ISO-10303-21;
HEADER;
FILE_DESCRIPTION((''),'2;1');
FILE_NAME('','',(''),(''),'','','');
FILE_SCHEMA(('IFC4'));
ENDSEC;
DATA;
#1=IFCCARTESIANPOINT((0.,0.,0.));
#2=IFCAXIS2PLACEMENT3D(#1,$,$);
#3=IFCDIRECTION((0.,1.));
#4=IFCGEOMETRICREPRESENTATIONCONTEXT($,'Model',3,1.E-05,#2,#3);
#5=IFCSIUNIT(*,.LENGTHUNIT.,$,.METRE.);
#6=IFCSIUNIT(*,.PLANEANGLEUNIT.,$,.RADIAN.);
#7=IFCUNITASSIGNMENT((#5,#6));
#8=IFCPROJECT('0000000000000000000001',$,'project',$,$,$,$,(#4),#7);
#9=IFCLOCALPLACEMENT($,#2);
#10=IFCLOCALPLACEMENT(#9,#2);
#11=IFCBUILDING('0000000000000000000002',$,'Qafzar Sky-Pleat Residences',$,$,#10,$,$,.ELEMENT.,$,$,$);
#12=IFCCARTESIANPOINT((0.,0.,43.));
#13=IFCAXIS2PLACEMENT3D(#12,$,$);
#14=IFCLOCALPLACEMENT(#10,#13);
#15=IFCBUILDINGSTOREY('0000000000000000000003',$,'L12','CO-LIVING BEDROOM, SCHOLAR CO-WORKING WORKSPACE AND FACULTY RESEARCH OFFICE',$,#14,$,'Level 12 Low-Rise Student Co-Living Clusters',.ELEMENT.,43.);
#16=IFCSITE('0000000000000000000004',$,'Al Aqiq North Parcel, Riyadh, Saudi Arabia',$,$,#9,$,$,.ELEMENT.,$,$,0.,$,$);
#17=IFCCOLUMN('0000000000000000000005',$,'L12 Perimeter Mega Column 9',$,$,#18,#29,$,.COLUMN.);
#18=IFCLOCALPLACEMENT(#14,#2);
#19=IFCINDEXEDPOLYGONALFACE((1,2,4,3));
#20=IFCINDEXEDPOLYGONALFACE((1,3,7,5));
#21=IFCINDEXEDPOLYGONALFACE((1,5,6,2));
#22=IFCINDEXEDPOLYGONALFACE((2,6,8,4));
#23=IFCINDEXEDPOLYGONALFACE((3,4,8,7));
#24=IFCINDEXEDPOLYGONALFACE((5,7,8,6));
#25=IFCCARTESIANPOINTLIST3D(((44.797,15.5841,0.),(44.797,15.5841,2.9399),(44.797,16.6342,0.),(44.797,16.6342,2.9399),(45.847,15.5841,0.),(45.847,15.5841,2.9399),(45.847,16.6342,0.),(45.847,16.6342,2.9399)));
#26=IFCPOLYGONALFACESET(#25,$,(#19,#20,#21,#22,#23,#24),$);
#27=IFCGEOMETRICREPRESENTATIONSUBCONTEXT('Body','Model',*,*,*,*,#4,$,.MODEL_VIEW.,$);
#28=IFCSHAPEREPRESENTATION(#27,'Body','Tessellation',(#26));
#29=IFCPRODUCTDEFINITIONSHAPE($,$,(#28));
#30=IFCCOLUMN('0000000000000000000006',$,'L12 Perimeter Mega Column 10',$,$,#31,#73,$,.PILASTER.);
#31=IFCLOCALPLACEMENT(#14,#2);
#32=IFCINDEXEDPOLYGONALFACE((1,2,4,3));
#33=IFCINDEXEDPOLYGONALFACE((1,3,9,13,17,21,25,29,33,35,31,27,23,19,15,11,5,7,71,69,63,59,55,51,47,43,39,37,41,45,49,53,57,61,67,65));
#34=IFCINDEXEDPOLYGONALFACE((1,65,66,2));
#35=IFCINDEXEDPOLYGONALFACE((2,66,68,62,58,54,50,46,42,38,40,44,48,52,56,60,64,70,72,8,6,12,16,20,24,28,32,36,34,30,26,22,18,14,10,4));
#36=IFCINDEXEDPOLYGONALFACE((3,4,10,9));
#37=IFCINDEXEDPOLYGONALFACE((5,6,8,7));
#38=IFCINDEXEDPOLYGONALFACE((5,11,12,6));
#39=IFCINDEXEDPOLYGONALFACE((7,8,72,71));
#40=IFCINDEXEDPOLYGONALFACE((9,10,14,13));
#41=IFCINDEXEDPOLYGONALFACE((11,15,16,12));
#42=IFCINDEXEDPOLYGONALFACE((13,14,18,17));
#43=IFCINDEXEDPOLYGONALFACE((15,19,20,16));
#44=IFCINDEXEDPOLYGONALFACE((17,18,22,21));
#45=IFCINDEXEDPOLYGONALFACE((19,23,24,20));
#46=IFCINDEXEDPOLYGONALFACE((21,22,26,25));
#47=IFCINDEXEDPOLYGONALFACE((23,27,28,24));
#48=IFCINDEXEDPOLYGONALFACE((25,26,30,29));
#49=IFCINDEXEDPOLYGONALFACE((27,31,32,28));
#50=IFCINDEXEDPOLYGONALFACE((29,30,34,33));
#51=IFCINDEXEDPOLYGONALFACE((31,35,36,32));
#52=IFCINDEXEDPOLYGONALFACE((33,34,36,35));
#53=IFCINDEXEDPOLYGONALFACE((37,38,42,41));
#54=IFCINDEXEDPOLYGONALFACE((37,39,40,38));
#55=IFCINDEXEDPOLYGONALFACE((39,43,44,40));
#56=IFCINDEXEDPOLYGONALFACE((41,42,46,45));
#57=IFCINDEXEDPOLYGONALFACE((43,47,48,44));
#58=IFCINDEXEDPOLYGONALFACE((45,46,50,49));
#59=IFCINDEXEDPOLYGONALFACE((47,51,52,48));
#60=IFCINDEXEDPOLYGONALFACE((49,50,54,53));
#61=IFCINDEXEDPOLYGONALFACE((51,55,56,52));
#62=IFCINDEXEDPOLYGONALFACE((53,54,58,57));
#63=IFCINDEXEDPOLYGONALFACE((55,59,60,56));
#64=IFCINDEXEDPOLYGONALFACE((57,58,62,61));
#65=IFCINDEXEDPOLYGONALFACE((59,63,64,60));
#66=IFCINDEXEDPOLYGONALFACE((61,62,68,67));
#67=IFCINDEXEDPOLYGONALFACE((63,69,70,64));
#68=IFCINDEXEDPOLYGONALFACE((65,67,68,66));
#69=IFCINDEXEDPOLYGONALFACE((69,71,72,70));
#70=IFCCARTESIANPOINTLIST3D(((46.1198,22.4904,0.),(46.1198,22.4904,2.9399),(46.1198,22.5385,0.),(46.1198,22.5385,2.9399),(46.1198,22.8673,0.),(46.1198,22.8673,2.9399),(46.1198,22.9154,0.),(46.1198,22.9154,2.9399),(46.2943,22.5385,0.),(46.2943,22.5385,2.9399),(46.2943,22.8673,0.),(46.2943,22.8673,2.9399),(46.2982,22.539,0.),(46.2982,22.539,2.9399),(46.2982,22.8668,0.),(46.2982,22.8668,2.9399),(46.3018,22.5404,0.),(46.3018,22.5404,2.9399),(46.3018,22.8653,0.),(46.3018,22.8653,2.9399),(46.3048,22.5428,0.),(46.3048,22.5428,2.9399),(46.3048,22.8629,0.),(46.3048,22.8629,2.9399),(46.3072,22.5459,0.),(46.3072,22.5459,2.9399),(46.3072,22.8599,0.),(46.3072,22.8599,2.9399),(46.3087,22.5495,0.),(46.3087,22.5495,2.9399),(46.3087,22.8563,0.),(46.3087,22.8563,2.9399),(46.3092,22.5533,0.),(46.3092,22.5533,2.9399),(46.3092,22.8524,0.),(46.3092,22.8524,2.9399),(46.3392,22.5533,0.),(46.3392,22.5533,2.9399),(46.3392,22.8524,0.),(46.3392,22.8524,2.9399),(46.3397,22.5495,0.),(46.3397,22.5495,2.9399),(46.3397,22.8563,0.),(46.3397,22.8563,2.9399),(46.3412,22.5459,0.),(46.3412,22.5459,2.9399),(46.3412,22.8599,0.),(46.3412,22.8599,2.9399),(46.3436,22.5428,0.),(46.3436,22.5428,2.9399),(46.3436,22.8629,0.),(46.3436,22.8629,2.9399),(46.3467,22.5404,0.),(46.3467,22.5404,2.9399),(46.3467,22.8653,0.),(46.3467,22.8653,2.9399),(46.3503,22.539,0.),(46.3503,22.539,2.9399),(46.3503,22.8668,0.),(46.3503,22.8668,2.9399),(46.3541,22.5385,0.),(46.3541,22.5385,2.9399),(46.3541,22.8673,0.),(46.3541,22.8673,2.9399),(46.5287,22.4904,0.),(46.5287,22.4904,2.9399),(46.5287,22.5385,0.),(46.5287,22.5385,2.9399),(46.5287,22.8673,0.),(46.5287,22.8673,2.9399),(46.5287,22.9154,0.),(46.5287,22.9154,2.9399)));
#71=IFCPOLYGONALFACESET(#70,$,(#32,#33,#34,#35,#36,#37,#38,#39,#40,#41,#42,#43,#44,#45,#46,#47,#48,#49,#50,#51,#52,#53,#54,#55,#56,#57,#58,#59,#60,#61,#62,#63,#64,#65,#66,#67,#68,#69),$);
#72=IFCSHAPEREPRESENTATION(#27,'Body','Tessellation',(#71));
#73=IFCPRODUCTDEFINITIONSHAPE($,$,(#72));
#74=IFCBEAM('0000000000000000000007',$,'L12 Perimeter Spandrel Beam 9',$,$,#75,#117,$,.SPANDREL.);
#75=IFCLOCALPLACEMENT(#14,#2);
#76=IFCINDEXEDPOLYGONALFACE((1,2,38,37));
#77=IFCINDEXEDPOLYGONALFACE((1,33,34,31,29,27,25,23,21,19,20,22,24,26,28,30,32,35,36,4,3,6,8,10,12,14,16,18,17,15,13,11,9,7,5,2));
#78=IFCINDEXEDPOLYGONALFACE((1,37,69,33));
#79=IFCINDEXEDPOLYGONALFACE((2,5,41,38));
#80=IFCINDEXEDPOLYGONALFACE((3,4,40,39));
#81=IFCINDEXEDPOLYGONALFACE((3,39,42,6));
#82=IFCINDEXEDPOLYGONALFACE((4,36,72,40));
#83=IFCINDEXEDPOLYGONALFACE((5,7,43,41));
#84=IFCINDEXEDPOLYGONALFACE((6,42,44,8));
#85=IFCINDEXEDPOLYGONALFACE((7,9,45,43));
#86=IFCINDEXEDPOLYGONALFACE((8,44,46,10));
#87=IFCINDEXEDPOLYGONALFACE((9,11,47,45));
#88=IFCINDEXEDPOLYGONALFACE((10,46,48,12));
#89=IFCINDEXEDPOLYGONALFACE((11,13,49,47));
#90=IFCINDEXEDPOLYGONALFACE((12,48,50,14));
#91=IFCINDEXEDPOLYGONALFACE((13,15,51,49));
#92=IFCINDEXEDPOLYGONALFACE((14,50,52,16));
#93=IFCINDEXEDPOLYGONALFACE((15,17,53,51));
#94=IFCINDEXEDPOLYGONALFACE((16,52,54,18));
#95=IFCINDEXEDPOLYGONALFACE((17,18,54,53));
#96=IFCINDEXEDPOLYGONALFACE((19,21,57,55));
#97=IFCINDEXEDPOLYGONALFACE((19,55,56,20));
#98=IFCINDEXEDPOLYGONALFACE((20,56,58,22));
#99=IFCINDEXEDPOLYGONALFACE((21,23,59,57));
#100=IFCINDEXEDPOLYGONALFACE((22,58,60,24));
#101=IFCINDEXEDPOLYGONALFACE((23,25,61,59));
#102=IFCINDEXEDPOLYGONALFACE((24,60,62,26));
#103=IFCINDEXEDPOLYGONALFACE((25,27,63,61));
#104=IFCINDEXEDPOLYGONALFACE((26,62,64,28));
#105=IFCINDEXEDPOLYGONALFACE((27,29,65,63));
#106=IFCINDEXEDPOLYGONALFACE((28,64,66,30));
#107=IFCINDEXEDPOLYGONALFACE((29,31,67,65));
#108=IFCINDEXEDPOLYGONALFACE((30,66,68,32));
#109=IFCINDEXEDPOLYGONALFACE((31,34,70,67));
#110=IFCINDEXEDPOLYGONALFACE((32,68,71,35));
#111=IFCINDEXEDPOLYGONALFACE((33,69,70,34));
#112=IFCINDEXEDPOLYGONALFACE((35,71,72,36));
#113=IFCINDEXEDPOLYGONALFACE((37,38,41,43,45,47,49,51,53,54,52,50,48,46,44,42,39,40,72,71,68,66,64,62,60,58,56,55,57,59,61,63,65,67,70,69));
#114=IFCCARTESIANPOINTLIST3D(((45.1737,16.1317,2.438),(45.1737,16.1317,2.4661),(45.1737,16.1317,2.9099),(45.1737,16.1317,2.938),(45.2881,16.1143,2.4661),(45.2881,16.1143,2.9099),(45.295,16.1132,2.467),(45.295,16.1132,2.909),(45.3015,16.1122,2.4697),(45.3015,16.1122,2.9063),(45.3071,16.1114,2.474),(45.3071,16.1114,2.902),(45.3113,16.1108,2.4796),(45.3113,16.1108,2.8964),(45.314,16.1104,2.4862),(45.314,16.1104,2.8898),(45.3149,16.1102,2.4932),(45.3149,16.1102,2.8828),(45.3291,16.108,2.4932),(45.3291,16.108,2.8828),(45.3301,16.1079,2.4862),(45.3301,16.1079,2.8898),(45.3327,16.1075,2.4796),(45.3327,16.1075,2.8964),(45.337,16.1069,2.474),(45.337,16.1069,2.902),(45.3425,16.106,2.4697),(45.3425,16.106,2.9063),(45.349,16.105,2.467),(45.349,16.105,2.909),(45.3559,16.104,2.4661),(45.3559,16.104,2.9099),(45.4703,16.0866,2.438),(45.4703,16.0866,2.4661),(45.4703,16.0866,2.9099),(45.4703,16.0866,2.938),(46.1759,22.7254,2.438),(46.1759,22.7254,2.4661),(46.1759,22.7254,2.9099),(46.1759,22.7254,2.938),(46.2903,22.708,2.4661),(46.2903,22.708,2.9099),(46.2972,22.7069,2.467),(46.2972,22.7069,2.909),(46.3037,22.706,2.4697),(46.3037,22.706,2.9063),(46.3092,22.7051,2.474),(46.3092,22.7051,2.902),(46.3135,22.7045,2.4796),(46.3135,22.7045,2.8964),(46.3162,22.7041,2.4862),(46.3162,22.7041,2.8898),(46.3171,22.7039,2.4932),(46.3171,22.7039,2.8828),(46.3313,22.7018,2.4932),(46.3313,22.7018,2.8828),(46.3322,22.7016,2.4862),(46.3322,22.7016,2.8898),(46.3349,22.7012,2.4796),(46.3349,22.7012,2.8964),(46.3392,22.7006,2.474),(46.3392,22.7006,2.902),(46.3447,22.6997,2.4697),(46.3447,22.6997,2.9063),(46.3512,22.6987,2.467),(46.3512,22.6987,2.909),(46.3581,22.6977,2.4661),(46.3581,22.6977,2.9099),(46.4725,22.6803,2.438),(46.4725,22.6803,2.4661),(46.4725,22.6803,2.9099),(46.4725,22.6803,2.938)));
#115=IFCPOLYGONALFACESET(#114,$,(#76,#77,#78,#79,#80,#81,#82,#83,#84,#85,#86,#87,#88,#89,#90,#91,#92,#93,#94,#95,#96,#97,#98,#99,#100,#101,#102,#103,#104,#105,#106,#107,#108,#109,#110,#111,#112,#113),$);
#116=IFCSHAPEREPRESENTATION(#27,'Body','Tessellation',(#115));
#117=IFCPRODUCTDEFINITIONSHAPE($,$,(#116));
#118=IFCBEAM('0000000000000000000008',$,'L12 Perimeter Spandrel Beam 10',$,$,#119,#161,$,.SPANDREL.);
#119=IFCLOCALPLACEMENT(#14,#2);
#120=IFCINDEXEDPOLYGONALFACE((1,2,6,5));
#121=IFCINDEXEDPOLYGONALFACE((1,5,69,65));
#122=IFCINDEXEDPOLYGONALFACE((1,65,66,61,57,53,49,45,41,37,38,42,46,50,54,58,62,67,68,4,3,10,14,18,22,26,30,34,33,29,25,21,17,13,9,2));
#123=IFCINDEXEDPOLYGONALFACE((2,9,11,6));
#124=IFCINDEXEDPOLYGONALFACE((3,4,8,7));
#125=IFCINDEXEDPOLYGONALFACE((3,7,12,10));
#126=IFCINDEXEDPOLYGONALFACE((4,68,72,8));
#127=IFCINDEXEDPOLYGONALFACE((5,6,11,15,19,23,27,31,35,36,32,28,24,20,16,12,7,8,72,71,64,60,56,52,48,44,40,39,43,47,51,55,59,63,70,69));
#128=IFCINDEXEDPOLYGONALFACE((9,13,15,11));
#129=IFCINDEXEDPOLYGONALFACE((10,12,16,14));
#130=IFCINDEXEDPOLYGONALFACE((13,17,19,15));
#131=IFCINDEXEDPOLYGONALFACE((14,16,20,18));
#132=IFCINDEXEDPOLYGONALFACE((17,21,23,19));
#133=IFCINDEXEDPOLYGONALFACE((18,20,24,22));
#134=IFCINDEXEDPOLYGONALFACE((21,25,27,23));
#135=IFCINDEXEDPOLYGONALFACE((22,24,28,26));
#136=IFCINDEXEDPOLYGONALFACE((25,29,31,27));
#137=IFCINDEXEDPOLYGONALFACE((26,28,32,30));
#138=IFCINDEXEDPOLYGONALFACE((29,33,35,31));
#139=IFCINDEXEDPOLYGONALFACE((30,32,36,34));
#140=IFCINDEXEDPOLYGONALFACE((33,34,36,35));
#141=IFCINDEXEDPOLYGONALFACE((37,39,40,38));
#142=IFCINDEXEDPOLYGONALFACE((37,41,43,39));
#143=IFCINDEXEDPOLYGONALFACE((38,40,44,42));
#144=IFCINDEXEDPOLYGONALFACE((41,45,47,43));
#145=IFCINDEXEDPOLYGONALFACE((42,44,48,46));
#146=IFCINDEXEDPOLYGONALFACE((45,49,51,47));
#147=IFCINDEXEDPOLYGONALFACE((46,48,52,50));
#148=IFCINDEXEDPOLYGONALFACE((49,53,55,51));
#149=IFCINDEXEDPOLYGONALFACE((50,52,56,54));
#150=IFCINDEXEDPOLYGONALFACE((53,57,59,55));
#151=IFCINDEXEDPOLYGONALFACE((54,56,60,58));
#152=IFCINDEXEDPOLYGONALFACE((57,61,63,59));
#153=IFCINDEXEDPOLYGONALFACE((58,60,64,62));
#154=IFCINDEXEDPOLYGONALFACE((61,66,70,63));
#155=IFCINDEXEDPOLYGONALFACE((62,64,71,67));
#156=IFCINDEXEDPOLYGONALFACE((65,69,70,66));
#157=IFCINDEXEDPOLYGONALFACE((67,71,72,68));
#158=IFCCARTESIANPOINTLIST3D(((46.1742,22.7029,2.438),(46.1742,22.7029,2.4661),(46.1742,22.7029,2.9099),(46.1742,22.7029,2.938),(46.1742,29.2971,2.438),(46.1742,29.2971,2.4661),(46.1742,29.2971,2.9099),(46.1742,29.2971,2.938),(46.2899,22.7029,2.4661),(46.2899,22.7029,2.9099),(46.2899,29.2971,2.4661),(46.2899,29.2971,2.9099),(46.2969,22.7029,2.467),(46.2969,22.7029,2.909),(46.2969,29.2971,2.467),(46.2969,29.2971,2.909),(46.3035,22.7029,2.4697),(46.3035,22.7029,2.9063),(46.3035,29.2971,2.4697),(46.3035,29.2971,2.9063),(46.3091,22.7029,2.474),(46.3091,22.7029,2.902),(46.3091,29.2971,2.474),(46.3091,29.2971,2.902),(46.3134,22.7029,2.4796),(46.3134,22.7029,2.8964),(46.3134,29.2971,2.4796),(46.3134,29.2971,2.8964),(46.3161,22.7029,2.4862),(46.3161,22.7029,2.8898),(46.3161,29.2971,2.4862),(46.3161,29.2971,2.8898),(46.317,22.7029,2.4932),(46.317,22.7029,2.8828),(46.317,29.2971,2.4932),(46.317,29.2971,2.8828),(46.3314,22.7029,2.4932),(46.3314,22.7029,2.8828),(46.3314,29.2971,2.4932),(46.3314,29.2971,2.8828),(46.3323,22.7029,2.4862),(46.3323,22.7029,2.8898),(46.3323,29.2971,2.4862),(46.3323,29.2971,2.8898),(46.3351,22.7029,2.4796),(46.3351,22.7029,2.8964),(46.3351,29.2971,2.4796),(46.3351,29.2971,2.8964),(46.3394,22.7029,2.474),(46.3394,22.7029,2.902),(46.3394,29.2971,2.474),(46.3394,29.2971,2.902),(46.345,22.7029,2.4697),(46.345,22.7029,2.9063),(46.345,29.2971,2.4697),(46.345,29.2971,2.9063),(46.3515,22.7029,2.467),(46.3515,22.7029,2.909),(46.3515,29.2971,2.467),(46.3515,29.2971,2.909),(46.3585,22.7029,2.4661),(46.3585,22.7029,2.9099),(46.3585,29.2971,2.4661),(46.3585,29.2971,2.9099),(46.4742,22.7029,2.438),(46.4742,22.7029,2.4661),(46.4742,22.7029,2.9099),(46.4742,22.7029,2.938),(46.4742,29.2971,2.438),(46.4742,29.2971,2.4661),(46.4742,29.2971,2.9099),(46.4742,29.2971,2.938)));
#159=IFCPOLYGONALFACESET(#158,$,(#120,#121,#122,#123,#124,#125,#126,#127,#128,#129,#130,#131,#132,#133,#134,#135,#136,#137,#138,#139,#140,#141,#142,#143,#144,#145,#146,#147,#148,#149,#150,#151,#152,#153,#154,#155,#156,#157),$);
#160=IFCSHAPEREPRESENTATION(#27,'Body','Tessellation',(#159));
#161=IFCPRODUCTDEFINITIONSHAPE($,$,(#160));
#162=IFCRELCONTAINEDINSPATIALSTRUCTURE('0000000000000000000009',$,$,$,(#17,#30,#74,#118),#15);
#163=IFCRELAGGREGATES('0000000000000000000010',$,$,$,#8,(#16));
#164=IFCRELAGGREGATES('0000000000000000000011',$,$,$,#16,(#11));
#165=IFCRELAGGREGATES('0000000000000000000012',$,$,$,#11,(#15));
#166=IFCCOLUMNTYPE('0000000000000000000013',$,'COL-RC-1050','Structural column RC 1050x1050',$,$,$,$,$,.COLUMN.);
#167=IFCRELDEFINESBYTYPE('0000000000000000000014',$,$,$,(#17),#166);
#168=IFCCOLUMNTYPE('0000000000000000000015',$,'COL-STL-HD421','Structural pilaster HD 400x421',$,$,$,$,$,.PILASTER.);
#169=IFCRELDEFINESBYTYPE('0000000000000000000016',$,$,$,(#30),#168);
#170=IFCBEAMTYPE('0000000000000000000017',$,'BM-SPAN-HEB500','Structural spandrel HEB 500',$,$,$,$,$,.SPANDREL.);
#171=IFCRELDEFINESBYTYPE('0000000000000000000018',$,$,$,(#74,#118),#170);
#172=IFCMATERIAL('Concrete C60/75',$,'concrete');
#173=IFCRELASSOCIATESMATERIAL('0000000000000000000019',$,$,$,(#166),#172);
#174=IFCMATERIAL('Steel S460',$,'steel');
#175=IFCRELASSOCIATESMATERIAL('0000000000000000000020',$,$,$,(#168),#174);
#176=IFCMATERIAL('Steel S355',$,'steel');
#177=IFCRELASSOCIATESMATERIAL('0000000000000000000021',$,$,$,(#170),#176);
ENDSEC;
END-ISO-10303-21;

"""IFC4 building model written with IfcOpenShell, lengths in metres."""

from ifc_helpers import new_model, si_unit, direction, frame, origin, origin_2d, place, context, subcontext, project, spatial, rectangle, i_section, extrude, source, transform, mapped, material, material_profile, profile_set, type_object, element, save


model = new_model("IFC4")

# Units and contexts
model_context = context("Model", 3, precision=1e-05, world=origin(), true_north=direction((0.0, 1.0)))
body_context = subcontext(model_context, "Body", "Model", "MODEL_VIEW")
ifc_project = project(units=[si_unit("LENGTHUNIT", "METRE"), si_unit("PLANEANGLEUNIT", "RADIAN")], contexts=[model_context])

# Site, building, storey
site_placement = place(None, origin())
site = spatial("IfcSite", under=ifc_project, at=site_placement, Name="Al Aqiq North Parcel, Riyadh, Saudi Arabia", CompositionType="ELEMENT", RefElevation=0.0)
building_placement = place(site_placement, origin())
building = spatial("IfcBuilding", under=site, at=building_placement, Name="Qafzar Sky-Pleat Residences", CompositionType="ELEMENT")
storey_placement = place(building_placement, frame((0.0, 0.0, 43.0)))
storey = spatial("IfcBuildingStorey", under=building, at=storey_placement, Name="L12", Description="CO-LIVING BEDROOM, SCHOLAR CO-WORKING WORKSPACE AND FACULTY RESEARCH OFFICE", LongName="Level 12 Low-Rise Student Co-Living Clusters", CompositionType="ELEMENT", Elevation=43.0)

# Columns
ifc_material_1 = material(Name="Concrete C60/75", Category="concrete")
ifc_material_profile_1 = material_profile(ifc_material_1, rectangle(XDim=1.05, YDim=1.05, at=origin_2d()), Name="RC 1050x1050")
ifc_profile_set_1 = profile_set([ifc_material_profile_1], Name="Concrete C60/75")
column_type_1 = type_object("IfcColumnType", Name="COL-RC-1050", Description="Structural column RC 1050x1050", PredefinedType="COLUMN", material=ifc_profile_set_1)
shared_shape_1 = source(origin(), body_context, "Body", "SweptSolid", [
    extrude(rectangle(XDim=1.05, YDim=1.05, at=origin_2d()), origin(), (0.0, 0.0, 1.0), 2.9399),
])
column_1_placement = place(storey_placement, frame((45.322, 16.1091, 0.0), z_axis=(0.0, 0.0, 1.0), x_axis=(1.0, 0.0, 0.0)))
element("IfcColumn", 1, at=column_1_placement, inside=storey, type_object=column_type_1, Name="L12 Perimeter Mega Column 9", PredefinedType="COLUMN", context=body_context, shape_type="MappedRepresentation", body=[
    mapped(shared_shape_1, transform((0.0, 0.0, 0.0), x_axis=(1.0, 0.0, 0.0), y_axis=(0.0, 1.0, 0.0), z_axis=(0.0, 0.0, 1.0), scale=1.0)),
])
ifc_material_2 = material(Name="Steel S460", Category="steel")
ifc_material_profile_2 = material_profile(ifc_material_2, i_section(OverallWidth=0.4089, OverallDepth=0.425, WebThickness=0.03, FlangeThickness=0.0481, FilletRadius=0.0149, at=origin_2d()), Name="HD 400x421")
ifc_profile_set_2 = profile_set([ifc_material_profile_2], Name="Steel S460")
column_type_2 = type_object("IfcColumnType", Name="COL-STL-HD421", Description="Structural pilaster HD 400x421", PredefinedType="PILASTER", material=ifc_profile_set_2)
shared_shape_2 = source(origin(), body_context, "Body", "SweptSolid", [
    extrude(i_section(OverallWidth=0.4089, OverallDepth=0.425, WebThickness=0.03, FlangeThickness=0.0481, FilletRadius=0.0149, at=origin_2d()), origin(), (0.0, 0.0, 1.0), 2.9399),
])
column_2_placement = place(storey_placement, frame((46.3242, 22.7029, 0.0), z_axis=(0.0, 0.0, 1.0), x_axis=(1.0, 0.0, 0.0)))
element("IfcColumn", 2, at=column_2_placement, inside=storey, type_object=column_type_2, Name="L12 Perimeter Mega Column 10", PredefinedType="PILASTER", context=body_context, shape_type="MappedRepresentation", body=[
    mapped(shared_shape_2, transform((0.0, 0.0, 0.0), x_axis=(1.0, 0.0, 0.0), y_axis=(0.0, 1.0, 0.0), z_axis=(0.0, 0.0, 1.0), scale=1.0)),
])

# Beams
ifc_material_3 = material(Name="Steel S355", Category="steel")
ifc_material_profile_3 = material_profile(ifc_material_3, i_section(OverallWidth=0.3, OverallDepth=0.5, WebThickness=0.0144, FlangeThickness=0.0281, FilletRadius=0.0271, at=origin_2d()), Name="HEB 500")
ifc_profile_set_3 = profile_set([ifc_material_profile_3], Name="Steel S355")
beam_type_1 = type_object("IfcBeamType", Name="BM-SPAN-HEB500", Description="Structural spandrel HEB 500", PredefinedType="SPANDREL", material=ifc_profile_set_3)
shared_shape_3 = source(origin(), body_context, "Body", "SweptSolid", [
    extrude(i_section(OverallWidth=0.3, OverallDepth=0.5, WebThickness=0.0144, FlangeThickness=0.0281, FilletRadius=0.0271, at=origin_2d()), origin(), (0.0, 0.0, 1.0), 6.6694),
])
beam_1_placement = place(storey_placement, frame((45.322, 16.1091, 2.688), z_axis=(0.150266, 0.988646, 0.0), x_axis=(-0.988646, 0.150266, 0.0)))
element("IfcBeam", 3, at=beam_1_placement, inside=storey, type_object=beam_type_1, Name="L12 Perimeter Spandrel Beam 9", PredefinedType="SPANDREL", context=body_context, shape_type="MappedRepresentation", body=[
    mapped(shared_shape_3, transform((0.0, 0.0, 0.0), x_axis=(1.0, 0.0, 0.0), y_axis=(0.0, 1.0, 0.0), z_axis=(0.0, 0.0, 1.0), scale=1.0)),
])
shared_shape_4 = source(origin(), body_context, "Body", "SweptSolid", [
    extrude(i_section(OverallWidth=0.3, OverallDepth=0.5, WebThickness=0.0144, FlangeThickness=0.0281, FilletRadius=0.0271, at=origin_2d()), origin(), (0.0, 0.0, 1.0), 6.5942),
])
beam_2_placement = place(storey_placement, frame((46.3242, 22.7029, 2.688), z_axis=(0.0, 1.0, 0.0), x_axis=(-1.0, 0.0, 0.0)))
element("IfcBeam", 4, at=beam_2_placement, inside=storey, type_object=beam_type_1, Name="L12 Perimeter Spandrel Beam 10", PredefinedType="SPANDREL", context=body_context, shape_type="MappedRepresentation", body=[
    mapped(shared_shape_4, transform((0.0, 0.0, 0.0), x_axis=(1.0, 0.0, 0.0), y_axis=(0.0, 1.0, 0.0), z_axis=(0.0, 0.0, 1.0), scale=1.0)),
])

save(model, "model.ifc")
